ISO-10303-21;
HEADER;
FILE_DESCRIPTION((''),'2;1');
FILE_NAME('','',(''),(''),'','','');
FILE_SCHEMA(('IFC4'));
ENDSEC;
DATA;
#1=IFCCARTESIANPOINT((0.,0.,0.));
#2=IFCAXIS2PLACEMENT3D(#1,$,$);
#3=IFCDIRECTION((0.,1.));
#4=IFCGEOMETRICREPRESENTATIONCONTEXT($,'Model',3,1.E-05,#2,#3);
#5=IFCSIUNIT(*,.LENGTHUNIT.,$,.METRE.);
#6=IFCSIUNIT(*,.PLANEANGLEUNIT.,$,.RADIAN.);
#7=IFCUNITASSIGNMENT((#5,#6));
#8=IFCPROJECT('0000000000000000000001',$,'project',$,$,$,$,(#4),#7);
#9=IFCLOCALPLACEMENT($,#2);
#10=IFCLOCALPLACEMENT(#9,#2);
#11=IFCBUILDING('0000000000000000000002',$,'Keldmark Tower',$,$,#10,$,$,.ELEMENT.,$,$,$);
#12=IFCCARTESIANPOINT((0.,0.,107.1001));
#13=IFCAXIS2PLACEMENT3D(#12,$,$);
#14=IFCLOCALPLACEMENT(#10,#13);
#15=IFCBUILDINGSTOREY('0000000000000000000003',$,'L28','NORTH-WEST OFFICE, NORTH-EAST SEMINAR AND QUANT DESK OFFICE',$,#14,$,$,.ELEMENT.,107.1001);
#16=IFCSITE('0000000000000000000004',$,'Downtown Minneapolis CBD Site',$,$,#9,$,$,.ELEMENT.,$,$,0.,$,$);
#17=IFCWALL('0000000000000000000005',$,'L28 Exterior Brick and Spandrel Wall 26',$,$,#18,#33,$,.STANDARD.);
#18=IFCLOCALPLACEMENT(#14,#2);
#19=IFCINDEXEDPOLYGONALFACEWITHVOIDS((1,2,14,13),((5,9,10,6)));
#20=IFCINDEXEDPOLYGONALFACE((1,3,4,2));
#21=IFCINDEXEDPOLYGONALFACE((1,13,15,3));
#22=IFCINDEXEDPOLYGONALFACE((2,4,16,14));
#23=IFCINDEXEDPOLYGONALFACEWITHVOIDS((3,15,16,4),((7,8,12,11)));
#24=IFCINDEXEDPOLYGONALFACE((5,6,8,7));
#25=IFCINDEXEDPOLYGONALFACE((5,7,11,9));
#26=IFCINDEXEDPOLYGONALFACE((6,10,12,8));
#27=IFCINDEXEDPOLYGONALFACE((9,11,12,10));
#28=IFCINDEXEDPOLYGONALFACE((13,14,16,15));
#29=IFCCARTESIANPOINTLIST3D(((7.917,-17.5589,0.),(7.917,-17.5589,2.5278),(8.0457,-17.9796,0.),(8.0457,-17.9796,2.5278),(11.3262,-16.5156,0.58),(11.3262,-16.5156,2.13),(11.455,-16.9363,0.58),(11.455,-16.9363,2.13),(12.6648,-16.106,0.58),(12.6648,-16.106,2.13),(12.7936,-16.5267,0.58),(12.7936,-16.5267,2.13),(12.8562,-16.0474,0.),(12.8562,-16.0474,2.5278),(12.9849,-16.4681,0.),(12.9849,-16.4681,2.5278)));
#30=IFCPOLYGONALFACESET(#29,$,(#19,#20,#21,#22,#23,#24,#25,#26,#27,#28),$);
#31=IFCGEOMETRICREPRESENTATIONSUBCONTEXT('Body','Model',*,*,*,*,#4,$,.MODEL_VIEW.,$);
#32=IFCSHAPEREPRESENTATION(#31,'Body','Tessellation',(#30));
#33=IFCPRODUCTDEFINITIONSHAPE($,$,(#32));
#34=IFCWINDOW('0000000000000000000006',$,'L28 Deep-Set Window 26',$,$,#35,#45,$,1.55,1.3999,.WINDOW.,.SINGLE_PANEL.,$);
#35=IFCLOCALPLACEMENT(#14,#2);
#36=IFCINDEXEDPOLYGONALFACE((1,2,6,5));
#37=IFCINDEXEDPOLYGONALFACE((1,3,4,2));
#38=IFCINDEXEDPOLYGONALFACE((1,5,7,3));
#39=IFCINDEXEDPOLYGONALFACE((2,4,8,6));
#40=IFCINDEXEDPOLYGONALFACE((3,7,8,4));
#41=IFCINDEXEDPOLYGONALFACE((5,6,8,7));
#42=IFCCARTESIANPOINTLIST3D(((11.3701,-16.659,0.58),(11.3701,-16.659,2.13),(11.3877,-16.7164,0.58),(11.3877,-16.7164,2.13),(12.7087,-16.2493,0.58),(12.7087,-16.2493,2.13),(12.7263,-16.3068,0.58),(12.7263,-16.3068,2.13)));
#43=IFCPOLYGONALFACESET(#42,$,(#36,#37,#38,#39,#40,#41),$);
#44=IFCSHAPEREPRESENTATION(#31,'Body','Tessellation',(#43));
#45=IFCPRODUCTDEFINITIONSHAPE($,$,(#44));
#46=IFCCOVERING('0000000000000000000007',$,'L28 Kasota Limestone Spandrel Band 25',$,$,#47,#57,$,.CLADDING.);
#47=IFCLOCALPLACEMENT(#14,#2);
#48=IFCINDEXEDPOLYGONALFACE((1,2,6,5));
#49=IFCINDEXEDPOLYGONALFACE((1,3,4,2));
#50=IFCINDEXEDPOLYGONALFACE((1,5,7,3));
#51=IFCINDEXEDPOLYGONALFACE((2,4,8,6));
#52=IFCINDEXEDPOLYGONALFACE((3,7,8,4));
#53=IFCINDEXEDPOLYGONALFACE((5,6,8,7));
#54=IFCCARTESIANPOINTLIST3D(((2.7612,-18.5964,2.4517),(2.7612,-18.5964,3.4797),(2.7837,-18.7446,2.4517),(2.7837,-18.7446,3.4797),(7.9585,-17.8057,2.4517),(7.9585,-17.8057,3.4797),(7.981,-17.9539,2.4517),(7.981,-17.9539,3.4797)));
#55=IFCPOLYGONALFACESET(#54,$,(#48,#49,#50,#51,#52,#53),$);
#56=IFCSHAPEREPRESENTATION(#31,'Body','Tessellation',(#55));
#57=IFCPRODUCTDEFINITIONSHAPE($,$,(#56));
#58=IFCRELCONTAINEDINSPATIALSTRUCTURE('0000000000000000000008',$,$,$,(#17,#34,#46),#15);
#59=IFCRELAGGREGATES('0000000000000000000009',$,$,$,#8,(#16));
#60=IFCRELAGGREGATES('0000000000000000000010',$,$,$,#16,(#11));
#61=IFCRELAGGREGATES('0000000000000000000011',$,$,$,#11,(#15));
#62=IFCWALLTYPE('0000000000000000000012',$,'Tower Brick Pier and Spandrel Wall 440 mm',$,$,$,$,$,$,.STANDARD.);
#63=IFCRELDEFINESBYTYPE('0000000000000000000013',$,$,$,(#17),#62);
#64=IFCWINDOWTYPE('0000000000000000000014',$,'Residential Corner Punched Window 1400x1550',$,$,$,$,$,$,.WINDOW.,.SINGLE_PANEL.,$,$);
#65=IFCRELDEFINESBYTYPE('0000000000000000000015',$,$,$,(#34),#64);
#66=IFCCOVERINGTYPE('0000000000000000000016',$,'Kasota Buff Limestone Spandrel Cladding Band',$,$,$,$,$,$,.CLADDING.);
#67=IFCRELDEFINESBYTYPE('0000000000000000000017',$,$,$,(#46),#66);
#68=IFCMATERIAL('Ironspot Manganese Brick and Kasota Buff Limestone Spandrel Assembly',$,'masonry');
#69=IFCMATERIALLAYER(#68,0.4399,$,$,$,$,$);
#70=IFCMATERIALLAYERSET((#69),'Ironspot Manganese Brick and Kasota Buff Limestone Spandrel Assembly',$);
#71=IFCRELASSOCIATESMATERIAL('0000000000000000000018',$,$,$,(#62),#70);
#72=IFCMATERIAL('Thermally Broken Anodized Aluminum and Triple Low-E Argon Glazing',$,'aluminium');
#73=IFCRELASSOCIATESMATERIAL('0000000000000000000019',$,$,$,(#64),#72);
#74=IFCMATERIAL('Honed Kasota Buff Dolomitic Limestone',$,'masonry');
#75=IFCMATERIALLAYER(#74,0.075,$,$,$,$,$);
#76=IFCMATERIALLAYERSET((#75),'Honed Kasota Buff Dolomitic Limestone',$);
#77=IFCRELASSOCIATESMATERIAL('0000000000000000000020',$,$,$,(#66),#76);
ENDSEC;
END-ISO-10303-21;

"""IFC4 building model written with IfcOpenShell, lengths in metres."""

from ifc_helpers import new_model, si_unit, direction, frame, frame_2d, origin, origin_2d, place, context, subcontext, project, spatial, rectangle, extrude, material, layer, layer_set, type_object, element, fill, save


model = new_model("IFC4")

# Units and contexts
model_context = context("Model", 3, precision=1e-05, world=origin(), true_north=direction((0.0, 1.0)))
body_context = subcontext(model_context, "Body", "Model", "MODEL_VIEW")
ifc_project = project(units=[si_unit("LENGTHUNIT", "METRE"), si_unit("PLANEANGLEUNIT", "RADIAN")], contexts=[model_context])

# Site, building, storey
site_placement = place(None, origin())
site = spatial("IfcSite", under=ifc_project, at=site_placement, Name="Downtown Minneapolis CBD Site", CompositionType="ELEMENT", RefElevation=0.0)
building_placement = place(site_placement, origin())
building = spatial("IfcBuilding", under=site, at=building_placement, Name="Keldmark Tower", CompositionType="ELEMENT")
storey_placement = place(building_placement, frame((0.0, 0.0, 107.1001)))
storey = spatial("IfcBuildingStorey", under=building, at=storey_placement, Name="L28", Description="NORTH-WEST OFFICE, NORTH-EAST SEMINAR AND QUANT DESK OFFICE", CompositionType="ELEMENT", Elevation=107.1001)

# Wall, opening, window
ifc_material_1 = material(Name="Ironspot Manganese Brick and Kasota Buff Limestone Spandrel Assembly", Category="masonry")
ifc_layer_1 = layer(ifc_material_1, 0.4399)
ifc_layer_set_1 = layer_set([ifc_layer_1], Name="Ironspot Manganese Brick and Kasota Buff Limestone Spandrel Assembly")
wall_type_1 = type_object("IfcWallType", Name="Tower Brick Pier and Spandrel Wall 440 mm", PredefinedType="STANDARD", material=ifc_layer_set_1)
ifc_material_2 = material(Name="Thermally Broken Anodized Aluminum and Triple Low-E Argon Glazing", Category="aluminium")
window_type_1 = type_object("IfcWindowType", Name="Residential Corner Punched Window 1400x1550", PartitioningType="SINGLE_PANEL", PredefinedType="WINDOW", material=ifc_material_2)
wall_1_placement = place(storey_placement, frame((12.9204, -16.2578, 0.0), z_axis=(0.0, 0.0, 1.0), x_axis=(-0.956229, -0.292621, 0.0)))
wall_1 = element("IfcWall", 1, at=wall_1_placement, inside=storey, type_object=wall_type_1, Name="L28 Exterior Brick and Spandrel Wall 26", PredefinedType="STANDARD", context=body_context, shape_type="SweptSolid", body=[
    extrude(rectangle(XDim=5.1653, YDim=0.4399, at=frame_2d((2.5825, 0.0))), origin(), (0.0, 0.0, 1.0), 2.5278),
])
opening_1_placement = place(wall_1_placement, frame((0.2, 0.0, 0.5801)))
opening_1 = element("IfcOpeningElement", 2, at=opening_1_placement, cuts=wall_1, PredefinedType="OPENING", context=body_context, shape_type="SweptSolid", body=[
    extrude(rectangle(XDim=1.3999, YDim=1.55, at=frame_2d((0.7, 0.7749))), frame((0.0, 0.23, 0.0), z_axis=(0.0, -1.0, 0.0), x_axis=(1.0, 0.0, 0.0)), (0.0, 0.0, 1.0), 0.46),
])
window_1_placement = place(opening_1_placement, origin())
window_1 = element("IfcWindow", 3, at=window_1_placement, inside=storey, type_object=window_type_1, Name="L28 Deep-Set Window 26", OverallHeight=1.55, OverallWidth=1.3999, PartitioningType="SINGLE_PANEL", PredefinedType="WINDOW", context=body_context, shape_type="SweptSolid", body=[
    extrude(rectangle(XDim=1.3999, YDim=1.55, at=frame_2d((0.7, 0.7749))), frame((0.0, -0.01, 0.0), z_axis=(0.0, -1.0, 0.0), x_axis=(1.0, 0.0, 0.0)), (0.0, 0.0, 1.0), 0.0601),
])
fill(opening_1, window_1)

# Covering
ifc_material_3 = material(Name="Honed Kasota Buff Dolomitic Limestone", Category="masonry")
ifc_layer_2 = layer(ifc_material_3, 0.075)
ifc_layer_set_2 = layer_set([ifc_layer_2], Name="Honed Kasota Buff Dolomitic Limestone")
covering_type = type_object("IfcCoveringType", Name="Kasota Buff Limestone Spandrel Cladding Band", PredefinedType="CLADDING", material=ifc_layer_set_2)
covering_placement = place(storey_placement, frame((5.3711, -18.2751, 2.4517), z_axis=(0.0, 0.0, 1.0), x_axis=(0.988623, 0.150415, 0.0)))
element("IfcCovering", 4, at=covering_placement, inside=storey, type_object=covering_type, Name="L28 Kasota Limestone Spandrel Band 25", PredefinedType="CLADDING", context=body_context, shape_type="SweptSolid", body=[
    extrude(rectangle(XDim=5.2571, YDim=0.1499, at=origin_2d()), origin(), (0.0, 0.0, 1.0), 1.0281),
])

save(model, "model.ifc")
